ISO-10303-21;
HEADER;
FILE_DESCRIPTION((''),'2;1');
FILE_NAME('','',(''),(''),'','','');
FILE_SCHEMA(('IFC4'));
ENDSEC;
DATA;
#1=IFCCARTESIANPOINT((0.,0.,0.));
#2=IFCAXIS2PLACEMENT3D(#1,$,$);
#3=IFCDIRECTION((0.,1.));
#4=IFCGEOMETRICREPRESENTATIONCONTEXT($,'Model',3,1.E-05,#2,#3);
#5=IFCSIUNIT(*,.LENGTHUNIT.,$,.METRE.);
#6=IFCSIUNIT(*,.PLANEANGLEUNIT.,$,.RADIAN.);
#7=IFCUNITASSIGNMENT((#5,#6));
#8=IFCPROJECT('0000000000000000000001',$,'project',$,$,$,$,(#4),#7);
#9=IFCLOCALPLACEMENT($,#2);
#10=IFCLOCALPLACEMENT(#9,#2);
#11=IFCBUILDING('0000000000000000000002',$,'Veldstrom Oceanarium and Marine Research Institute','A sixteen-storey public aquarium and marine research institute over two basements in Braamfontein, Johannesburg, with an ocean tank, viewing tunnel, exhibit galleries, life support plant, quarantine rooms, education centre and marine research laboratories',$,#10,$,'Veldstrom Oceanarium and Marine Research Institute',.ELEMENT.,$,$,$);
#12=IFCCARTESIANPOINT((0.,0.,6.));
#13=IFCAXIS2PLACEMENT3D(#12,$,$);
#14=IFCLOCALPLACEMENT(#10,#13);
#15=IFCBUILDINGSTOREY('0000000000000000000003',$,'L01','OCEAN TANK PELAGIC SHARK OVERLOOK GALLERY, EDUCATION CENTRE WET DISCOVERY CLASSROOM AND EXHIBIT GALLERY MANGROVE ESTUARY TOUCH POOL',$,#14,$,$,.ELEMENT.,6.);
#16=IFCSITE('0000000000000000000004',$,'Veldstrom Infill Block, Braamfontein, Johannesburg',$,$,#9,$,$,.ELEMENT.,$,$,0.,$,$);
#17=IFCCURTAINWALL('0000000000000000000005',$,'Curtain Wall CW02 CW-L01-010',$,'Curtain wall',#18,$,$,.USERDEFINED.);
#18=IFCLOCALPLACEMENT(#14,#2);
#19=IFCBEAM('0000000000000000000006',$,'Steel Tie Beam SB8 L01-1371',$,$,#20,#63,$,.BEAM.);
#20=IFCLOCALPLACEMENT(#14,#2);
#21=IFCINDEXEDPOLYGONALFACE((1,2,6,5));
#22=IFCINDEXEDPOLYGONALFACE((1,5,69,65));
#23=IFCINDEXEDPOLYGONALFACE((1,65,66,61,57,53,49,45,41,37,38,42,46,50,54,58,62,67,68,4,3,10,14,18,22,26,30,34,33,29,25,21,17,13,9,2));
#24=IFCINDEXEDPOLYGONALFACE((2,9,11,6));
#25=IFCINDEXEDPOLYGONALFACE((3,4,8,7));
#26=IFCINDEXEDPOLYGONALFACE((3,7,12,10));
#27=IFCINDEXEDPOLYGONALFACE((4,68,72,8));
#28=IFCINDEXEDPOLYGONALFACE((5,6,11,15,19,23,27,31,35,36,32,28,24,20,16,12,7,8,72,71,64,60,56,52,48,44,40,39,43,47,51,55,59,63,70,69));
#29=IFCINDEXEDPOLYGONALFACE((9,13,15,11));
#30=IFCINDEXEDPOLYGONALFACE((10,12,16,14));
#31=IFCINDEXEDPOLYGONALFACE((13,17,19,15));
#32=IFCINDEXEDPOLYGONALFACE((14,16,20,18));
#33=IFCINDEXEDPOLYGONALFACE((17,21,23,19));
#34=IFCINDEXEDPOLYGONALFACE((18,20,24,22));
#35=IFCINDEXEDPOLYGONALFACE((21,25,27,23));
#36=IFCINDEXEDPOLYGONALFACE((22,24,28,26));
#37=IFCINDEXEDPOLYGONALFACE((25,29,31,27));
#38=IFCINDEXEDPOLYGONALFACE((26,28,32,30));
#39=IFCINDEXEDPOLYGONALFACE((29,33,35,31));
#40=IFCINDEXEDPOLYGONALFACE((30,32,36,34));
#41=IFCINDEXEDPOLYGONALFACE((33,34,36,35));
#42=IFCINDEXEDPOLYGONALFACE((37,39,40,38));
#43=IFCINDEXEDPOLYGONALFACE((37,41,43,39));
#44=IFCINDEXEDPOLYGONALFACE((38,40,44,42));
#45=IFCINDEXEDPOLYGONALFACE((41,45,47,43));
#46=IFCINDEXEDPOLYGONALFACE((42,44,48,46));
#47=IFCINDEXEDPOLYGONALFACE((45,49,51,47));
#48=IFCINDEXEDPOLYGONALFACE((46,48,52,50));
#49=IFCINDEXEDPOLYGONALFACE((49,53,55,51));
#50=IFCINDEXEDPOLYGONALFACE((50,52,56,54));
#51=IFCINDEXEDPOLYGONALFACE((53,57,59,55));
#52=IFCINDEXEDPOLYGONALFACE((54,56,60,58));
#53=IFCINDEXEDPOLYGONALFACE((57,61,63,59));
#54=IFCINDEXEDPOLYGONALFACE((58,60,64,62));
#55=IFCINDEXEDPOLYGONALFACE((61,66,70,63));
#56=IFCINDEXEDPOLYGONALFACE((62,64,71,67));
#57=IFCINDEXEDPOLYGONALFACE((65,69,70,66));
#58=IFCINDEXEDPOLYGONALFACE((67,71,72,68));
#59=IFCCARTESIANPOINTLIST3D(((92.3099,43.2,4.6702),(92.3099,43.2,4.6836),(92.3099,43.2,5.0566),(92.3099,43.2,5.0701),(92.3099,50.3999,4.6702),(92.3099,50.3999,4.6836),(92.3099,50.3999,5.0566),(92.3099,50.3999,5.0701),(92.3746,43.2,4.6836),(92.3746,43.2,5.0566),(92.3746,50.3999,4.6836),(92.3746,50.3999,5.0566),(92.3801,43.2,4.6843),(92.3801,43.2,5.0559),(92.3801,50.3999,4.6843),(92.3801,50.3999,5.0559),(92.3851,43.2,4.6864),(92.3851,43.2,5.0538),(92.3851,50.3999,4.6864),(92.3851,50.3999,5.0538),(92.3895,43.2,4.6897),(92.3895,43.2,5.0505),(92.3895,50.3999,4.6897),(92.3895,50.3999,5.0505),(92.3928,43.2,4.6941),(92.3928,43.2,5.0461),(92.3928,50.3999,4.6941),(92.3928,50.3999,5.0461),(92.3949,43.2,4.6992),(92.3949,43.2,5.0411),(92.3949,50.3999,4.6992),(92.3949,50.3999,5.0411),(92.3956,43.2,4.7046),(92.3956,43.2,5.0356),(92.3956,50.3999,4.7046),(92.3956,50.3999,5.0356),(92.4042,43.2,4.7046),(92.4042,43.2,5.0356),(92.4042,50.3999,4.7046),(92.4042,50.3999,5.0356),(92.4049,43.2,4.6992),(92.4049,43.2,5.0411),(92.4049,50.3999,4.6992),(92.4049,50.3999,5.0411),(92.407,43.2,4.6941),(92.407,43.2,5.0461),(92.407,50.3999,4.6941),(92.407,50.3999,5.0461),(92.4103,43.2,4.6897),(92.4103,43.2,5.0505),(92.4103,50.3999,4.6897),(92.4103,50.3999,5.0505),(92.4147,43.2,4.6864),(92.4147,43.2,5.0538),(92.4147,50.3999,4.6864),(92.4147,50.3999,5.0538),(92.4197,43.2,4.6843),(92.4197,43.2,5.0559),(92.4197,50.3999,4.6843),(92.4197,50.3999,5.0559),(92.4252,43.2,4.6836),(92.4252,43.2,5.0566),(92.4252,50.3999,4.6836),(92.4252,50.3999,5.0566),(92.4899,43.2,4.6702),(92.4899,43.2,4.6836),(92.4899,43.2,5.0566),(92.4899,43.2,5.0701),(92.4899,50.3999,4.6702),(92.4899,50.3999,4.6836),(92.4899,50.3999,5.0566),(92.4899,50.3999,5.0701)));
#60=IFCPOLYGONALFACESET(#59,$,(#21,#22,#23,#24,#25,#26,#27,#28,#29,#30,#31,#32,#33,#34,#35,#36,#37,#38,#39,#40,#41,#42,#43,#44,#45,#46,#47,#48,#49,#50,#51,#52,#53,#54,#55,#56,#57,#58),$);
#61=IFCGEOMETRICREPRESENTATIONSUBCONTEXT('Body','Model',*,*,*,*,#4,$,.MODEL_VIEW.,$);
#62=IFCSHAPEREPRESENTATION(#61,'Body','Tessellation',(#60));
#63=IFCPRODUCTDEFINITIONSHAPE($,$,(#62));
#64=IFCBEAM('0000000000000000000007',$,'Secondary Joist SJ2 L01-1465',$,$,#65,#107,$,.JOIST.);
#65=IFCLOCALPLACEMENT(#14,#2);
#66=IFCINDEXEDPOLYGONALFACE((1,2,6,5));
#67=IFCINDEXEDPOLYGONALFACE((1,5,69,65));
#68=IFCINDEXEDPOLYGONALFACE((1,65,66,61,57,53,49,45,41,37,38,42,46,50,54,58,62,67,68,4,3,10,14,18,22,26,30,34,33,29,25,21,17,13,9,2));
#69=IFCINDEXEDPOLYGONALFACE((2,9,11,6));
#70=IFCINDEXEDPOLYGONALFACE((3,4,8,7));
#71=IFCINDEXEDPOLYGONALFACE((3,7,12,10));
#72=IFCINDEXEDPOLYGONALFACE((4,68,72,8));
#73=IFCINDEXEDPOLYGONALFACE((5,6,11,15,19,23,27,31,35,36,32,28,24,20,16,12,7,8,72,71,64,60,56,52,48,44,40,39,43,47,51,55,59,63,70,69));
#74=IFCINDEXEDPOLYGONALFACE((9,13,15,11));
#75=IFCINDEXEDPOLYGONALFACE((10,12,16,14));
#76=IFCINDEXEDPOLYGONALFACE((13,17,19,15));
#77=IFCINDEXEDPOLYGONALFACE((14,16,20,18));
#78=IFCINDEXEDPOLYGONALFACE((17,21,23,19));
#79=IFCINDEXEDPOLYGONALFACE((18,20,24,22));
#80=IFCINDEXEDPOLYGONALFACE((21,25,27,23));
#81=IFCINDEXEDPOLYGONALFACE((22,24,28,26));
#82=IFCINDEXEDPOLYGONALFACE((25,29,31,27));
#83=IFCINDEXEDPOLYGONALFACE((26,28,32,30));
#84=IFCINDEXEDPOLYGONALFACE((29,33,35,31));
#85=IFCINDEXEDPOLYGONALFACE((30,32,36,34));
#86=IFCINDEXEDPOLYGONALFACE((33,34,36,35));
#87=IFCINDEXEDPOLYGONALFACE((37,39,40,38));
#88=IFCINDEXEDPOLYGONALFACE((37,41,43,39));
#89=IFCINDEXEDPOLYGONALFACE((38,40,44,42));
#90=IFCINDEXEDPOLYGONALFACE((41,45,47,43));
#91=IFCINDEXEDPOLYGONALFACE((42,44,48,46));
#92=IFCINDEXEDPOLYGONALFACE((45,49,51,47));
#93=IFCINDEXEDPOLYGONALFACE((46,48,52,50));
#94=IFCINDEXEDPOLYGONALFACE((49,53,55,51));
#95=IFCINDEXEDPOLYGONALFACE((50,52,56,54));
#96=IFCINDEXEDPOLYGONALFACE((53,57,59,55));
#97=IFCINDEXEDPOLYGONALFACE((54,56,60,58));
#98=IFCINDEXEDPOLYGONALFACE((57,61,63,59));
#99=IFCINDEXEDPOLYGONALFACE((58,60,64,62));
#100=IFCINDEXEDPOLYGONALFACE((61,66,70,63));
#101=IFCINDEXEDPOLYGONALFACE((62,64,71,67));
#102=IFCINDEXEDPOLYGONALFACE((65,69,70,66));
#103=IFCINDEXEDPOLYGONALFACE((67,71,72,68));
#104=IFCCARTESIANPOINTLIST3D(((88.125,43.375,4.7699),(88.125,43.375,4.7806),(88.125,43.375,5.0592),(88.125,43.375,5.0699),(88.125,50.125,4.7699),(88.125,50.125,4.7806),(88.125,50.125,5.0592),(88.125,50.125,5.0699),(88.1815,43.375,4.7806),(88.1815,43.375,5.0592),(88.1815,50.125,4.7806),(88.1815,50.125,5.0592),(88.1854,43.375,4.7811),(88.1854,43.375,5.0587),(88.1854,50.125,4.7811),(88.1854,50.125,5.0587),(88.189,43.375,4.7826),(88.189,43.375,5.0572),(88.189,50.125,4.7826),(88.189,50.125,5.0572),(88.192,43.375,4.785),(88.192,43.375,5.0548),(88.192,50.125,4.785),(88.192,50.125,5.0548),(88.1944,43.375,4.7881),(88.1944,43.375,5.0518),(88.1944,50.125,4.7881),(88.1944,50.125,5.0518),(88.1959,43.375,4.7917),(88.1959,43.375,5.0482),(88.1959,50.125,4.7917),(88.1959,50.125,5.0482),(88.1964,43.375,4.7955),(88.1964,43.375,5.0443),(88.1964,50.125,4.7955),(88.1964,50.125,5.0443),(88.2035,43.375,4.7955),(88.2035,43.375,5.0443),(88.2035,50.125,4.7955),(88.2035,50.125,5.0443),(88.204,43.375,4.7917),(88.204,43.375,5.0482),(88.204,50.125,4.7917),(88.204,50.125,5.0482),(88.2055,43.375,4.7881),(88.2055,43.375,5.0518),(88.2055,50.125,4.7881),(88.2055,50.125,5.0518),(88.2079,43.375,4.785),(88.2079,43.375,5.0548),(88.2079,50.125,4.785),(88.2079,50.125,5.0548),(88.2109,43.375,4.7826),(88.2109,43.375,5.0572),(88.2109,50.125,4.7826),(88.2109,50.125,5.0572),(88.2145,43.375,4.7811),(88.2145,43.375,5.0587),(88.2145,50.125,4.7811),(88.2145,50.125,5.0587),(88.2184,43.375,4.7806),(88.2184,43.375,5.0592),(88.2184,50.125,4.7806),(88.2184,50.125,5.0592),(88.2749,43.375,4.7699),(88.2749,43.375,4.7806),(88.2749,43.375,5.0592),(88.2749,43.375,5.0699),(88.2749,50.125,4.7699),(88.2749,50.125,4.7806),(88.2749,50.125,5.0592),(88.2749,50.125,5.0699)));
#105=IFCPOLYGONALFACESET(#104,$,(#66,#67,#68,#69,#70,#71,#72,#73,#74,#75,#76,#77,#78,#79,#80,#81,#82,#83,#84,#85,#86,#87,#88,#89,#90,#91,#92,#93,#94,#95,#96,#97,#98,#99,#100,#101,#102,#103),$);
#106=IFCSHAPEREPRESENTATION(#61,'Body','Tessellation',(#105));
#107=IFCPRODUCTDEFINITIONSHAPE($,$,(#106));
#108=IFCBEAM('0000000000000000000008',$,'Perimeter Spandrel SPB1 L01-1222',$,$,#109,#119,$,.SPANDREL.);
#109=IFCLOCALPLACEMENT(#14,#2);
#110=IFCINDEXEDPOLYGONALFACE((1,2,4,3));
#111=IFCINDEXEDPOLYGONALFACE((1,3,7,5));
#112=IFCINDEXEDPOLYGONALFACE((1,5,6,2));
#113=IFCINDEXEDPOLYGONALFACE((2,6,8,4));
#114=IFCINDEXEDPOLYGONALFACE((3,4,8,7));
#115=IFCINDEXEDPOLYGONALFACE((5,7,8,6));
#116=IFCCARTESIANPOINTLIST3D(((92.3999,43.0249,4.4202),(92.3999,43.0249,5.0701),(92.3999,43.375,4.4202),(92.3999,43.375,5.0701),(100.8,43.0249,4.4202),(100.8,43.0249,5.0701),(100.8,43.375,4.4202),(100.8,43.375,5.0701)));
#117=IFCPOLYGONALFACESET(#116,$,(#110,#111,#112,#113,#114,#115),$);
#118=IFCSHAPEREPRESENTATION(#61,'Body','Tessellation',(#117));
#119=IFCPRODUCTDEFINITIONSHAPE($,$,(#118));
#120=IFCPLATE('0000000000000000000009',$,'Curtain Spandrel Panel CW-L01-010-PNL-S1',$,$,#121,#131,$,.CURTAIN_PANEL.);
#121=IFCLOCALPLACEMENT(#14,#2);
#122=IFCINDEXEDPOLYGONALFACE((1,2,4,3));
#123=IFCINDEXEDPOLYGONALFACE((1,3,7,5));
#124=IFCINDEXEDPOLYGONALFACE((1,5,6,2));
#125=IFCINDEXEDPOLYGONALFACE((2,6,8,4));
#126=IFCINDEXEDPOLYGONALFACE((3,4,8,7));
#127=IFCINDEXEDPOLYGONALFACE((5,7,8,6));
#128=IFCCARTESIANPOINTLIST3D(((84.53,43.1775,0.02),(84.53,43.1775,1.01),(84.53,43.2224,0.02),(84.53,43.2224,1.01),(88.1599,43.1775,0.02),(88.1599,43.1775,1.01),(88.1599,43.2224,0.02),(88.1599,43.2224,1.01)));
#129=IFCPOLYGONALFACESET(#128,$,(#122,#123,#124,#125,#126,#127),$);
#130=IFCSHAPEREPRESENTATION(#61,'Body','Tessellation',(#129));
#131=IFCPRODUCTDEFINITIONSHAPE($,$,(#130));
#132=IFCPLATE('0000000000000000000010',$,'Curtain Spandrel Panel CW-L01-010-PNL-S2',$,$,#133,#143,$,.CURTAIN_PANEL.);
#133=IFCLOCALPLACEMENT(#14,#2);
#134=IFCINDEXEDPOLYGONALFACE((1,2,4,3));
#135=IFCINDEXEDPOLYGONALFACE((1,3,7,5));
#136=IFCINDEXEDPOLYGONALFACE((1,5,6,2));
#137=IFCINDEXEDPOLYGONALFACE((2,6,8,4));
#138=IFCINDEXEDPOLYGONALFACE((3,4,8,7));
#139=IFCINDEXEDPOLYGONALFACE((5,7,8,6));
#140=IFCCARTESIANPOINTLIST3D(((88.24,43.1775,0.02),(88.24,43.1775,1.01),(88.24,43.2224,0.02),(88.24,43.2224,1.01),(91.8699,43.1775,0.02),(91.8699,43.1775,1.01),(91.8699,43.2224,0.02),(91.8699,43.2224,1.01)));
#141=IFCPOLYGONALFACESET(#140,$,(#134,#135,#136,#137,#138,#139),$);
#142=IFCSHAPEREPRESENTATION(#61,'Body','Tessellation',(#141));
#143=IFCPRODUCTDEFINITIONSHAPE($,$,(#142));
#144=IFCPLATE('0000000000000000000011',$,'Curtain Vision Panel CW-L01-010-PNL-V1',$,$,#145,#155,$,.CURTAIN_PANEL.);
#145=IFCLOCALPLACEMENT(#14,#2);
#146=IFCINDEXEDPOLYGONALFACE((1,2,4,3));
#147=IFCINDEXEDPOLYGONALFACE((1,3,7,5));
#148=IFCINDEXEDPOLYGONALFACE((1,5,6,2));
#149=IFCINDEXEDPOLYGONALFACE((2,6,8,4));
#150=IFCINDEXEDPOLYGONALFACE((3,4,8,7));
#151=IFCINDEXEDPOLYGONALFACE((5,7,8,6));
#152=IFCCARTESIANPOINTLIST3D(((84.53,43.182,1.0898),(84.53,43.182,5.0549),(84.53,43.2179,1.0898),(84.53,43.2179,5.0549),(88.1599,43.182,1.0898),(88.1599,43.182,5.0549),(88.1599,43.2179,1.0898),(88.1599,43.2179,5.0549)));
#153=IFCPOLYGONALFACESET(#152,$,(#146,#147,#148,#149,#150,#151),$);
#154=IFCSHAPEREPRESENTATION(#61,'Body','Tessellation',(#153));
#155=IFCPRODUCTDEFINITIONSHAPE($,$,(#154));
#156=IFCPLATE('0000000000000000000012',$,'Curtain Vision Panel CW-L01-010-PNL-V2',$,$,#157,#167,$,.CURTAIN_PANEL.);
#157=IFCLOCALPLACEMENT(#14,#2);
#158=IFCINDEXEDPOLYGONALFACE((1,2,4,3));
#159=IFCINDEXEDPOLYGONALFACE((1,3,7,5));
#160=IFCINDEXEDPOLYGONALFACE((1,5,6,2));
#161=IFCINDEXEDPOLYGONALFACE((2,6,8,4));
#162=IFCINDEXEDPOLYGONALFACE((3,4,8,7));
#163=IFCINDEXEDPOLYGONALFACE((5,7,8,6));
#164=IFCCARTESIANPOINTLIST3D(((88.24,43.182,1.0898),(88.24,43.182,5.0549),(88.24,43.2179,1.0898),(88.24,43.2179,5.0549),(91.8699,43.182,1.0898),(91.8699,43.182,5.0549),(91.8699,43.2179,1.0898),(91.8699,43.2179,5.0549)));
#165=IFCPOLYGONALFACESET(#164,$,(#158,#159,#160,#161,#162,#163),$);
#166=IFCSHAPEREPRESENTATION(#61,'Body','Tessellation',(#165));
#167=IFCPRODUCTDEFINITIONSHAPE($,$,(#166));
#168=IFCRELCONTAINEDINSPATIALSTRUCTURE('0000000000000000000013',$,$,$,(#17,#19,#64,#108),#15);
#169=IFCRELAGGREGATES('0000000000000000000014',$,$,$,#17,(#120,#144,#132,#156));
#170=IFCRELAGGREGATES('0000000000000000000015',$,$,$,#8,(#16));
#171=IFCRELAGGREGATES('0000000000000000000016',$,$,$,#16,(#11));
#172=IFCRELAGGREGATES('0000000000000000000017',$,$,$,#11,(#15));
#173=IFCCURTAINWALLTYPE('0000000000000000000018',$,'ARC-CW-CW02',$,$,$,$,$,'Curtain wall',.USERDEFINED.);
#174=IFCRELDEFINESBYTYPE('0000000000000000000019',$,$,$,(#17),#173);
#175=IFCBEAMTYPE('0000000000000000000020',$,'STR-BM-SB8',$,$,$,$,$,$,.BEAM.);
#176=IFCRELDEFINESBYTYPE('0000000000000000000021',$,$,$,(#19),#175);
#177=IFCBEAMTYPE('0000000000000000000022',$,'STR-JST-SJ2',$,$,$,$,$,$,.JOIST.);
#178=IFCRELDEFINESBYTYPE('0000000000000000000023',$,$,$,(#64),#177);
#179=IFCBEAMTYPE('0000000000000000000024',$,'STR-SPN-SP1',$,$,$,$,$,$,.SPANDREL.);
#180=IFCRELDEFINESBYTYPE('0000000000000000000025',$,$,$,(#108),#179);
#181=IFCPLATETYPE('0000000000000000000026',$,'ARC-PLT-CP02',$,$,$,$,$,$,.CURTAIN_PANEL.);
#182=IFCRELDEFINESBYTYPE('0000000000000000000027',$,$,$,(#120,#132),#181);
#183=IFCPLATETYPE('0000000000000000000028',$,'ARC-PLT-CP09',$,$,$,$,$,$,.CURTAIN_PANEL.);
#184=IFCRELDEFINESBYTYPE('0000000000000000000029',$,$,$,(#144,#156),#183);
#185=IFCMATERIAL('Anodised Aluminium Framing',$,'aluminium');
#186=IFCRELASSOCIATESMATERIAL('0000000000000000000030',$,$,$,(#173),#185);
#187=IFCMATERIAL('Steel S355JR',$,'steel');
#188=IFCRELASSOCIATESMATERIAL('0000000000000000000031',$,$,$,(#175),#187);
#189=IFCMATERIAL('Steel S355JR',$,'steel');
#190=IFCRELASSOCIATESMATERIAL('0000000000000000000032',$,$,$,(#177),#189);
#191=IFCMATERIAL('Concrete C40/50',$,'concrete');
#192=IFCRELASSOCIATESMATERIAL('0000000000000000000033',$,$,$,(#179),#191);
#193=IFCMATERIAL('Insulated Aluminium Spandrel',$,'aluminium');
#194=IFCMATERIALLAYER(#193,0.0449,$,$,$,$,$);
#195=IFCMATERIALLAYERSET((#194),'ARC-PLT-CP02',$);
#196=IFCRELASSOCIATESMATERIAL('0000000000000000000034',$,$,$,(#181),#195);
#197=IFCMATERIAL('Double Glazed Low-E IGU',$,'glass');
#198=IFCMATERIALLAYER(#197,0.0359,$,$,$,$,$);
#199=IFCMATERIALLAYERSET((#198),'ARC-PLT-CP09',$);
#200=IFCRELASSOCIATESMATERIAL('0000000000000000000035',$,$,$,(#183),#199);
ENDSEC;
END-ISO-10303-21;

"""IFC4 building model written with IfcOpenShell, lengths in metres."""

from ifc_helpers import new_model, si_unit, direction, frame, origin, origin_2d, place, context, subcontext, project, spatial, rectangle, i_section, extrude, material, layer, layer_set, material_profile, profile_set, type_object, element, aggregate, save


model = new_model("IFC4")

# Units and contexts
model_context = context("Model", 3, precision=1e-05, world=origin(), true_north=direction((0.0, 1.0)))
body_context = subcontext(model_context, "Body", "Model", "MODEL_VIEW")
ifc_project = project(units=[si_unit("LENGTHUNIT", "METRE"), si_unit("PLANEANGLEUNIT", "RADIAN")], contexts=[model_context])

# Site, building, storey
site_placement = place(None, origin())
site = spatial("IfcSite", under=ifc_project, at=site_placement, Name="Veldstrom Infill Block, Braamfontein, Johannesburg", CompositionType="ELEMENT", RefElevation=0.0)
building_placement = place(site_placement, origin())
building = spatial("IfcBuilding", under=site, at=building_placement, Name="Veldstrom Oceanarium and Marine Research Institute", Description="A sixteen-storey public aquarium and marine research institute over two basements in Braamfontein, Johannesburg, with an ocean tank, viewing tunnel, exhibit galleries, life support plant, quarantine rooms, education centre and marine research laboratories", LongName="Veldstrom Oceanarium and Marine Research Institute", CompositionType="ELEMENT")
storey_placement = place(building_placement, frame((0.0, 0.0, 6.0)))
storey = spatial("IfcBuildingStorey", under=building, at=storey_placement, Name="L01", Description="OCEAN TANK PELAGIC SHARK OVERLOOK GALLERY, EDUCATION CENTRE WET DISCOVERY CLASSROOM AND EXHIBIT GALLERY MANGROVE ESTUARY TOUCH POOL", CompositionType="ELEMENT", Elevation=6.0)

# Curtain wall
ifc_material_1 = material(Name="Anodised Aluminium Framing", Category="aluminium")
curtain_wall_type = type_object("IfcCurtainWallType", Name="ARC-CW-CW02", ElementType="Curtain wall", PredefinedType="USERDEFINED", material=ifc_material_1)
curtain_wall_placement = place(storey_placement, origin())
curtain_wall = element("IfcCurtainWall", 1, at=curtain_wall_placement, inside=storey, type_object=curtain_wall_type, Name="Curtain Wall CW02 CW-L01-010", ObjectType="Curtain wall", PredefinedType="USERDEFINED")

# Beams
ifc_material_2 = material(Name="Steel S355JR", Category="steel")
ifc_material_profile_1 = material_profile(ifc_material_2, i_section(OverallWidth=0.1799, OverallDepth=0.3999, WebThickness=0.0085, FlangeThickness=0.0134, FilletRadius=0.021, at=origin_2d()), Name="IPE 400")
ifc_profile_set_1 = profile_set([ifc_material_profile_1], Name="Steel S355JR")
beam_type_1 = type_object("IfcBeamType", Name="STR-BM-SB8", PredefinedType="BEAM", material=ifc_profile_set_1)
beam_1_placement = place(storey_placement, frame((92.3999, 43.2, 4.8701), z_axis=(0.0, 1.0, 0.0), x_axis=(-1.0, 0.0, 0.0)))
element("IfcBeam", 2, at=beam_1_placement, inside=storey, type_object=beam_type_1, Name="Steel Tie Beam SB8 L01-1371", PredefinedType="BEAM", context=body_context, shape_type="SweptSolid", body=[
    extrude(i_section(OverallWidth=0.1799, OverallDepth=0.3999, WebThickness=0.0085, FlangeThickness=0.0134, FilletRadius=0.021, at=origin_2d()), origin(), (0.0, 0.0, 1.0), 7.2),
])
ifc_material_3 = material(Name="Steel S355JR", Category="steel")
ifc_material_profile_2 = material_profile(ifc_material_3, i_section(OverallWidth=0.1499, OverallDepth=0.3, WebThickness=0.0071, FlangeThickness=0.0107, FilletRadius=0.0149, at=origin_2d()), Name="IPE 300")
ifc_profile_set_2 = profile_set([ifc_material_profile_2], Name="Steel S355JR")
beam_type_2 = type_object("IfcBeamType", Name="STR-JST-SJ2", PredefinedType="JOIST", material=ifc_profile_set_2)
beam_2_placement = place(storey_placement, frame((88.2, 43.375, 4.9199), z_axis=(0.0, 1.0, 0.0), x_axis=(-1.0, 0.0, 0.0)))
element("IfcBeam", 3, at=beam_2_placement, inside=storey, type_object=beam_type_2, Name="Secondary Joist SJ2 L01-1465", PredefinedType="JOIST", context=body_context, shape_type="SweptSolid", body=[
    extrude(i_section(OverallWidth=0.1499, OverallDepth=0.3, WebThickness=0.0071, FlangeThickness=0.0107, FilletRadius=0.0149, at=origin_2d()), origin(), (0.0, 0.0, 1.0), 6.75),
])
ifc_material_4 = material(Name="Concrete C40/50", Category="concrete")
ifc_material_profile_3 = material_profile(ifc_material_4, rectangle(XDim=0.3501, YDim=0.6499, at=origin_2d()), Name="RC-SPN-350x650")
ifc_profile_set_3 = profile_set([ifc_material_profile_3], Name="Concrete C40/50")
beam_type_3 = type_object("IfcBeamType", Name="STR-SPN-SP1", PredefinedType="SPANDREL", material=ifc_profile_set_3)
beam_3_placement = place(storey_placement, frame((92.3999, 43.2, 4.7451), z_axis=(1.0, 0.0, 0.0), x_axis=(0.0, 1.0, 0.0)))
element("IfcBeam", 4, at=beam_3_placement, inside=storey, type_object=beam_type_3, Name="Perimeter Spandrel SPB1 L01-1222", PredefinedType="SPANDREL", context=body_context, shape_type="SweptSolid", body=[
    extrude(rectangle(XDim=0.3501, YDim=0.6499, at=origin_2d()), origin(), (0.0, 0.0, 1.0), 8.4001),
])

# Plates
ifc_material_5 = material(Name="Insulated Aluminium Spandrel", Category="aluminium")
ifc_layer_1 = layer(ifc_material_5, 0.0449)
ifc_layer_set_1 = layer_set([ifc_layer_1], Name="ARC-PLT-CP02")
plate_type_1 = type_object("IfcPlateType", Name="ARC-PLT-CP02", PredefinedType="CURTAIN_PANEL", material=ifc_layer_set_1)
plate_1_placement = place(storey_placement, frame((86.345, 43.2, 0.02), z_axis=(0.0, 0.0, 1.0), x_axis=(1.0, 0.0, 0.0)))
plate_1 = element("IfcPlate", 5, at=plate_1_placement, type_object=plate_type_1, Name="Curtain Spandrel Panel CW-L01-010-PNL-S1", PredefinedType="CURTAIN_PANEL", context=body_context, shape_type="SweptSolid", body=[
    extrude(rectangle(XDim=3.6299, YDim=0.0449, at=origin_2d()), origin(), (0.0, 0.0, 1.0), 0.99),
])
plate_2_placement = place(storey_placement, frame((90.0549, 43.2, 0.02), z_axis=(0.0, 0.0, 1.0), x_axis=(1.0, 0.0, 0.0)))
plate_2 = element("IfcPlate", 6, at=plate_2_placement, type_object=plate_type_1, Name="Curtain Spandrel Panel CW-L01-010-PNL-S2", PredefinedType="CURTAIN_PANEL", context=body_context, shape_type="SweptSolid", body=[
    extrude(rectangle(XDim=3.6299, YDim=0.0449, at=origin_2d()), origin(), (0.0, 0.0, 1.0), 0.99),
])
ifc_material_6 = material(Name="Double Glazed Low-E IGU", Category="glass")
ifc_layer_2 = layer(ifc_material_6, 0.0359)
ifc_layer_set_2 = layer_set([ifc_layer_2], Name="ARC-PLT-CP09")
plate_type_2 = type_object("IfcPlateType", Name="ARC-PLT-CP09", PredefinedType="CURTAIN_PANEL", material=ifc_layer_set_2)
plate_3_placement = place(storey_placement, frame((86.345, 43.2, 1.0898), z_axis=(0.0, 0.0, 1.0), x_axis=(1.0, 0.0, 0.0)))
plate_3 = element("IfcPlate", 7, at=plate_3_placement, type_object=plate_type_2, Name="Curtain Vision Panel CW-L01-010-PNL-V1", PredefinedType="CURTAIN_PANEL", context=body_context, shape_type="SweptSolid", body=[
    extrude(rectangle(XDim=3.6299, YDim=0.0359, at=origin_2d()), origin(), (0.0, 0.0, 1.0), 3.9651),
])
plate_4_placement = place(storey_placement, frame((90.0549, 43.2, 1.0898), z_axis=(0.0, 0.0, 1.0), x_axis=(1.0, 0.0, 0.0)))
plate_4 = element("IfcPlate", 8, at=plate_4_placement, type_object=plate_type_2, Name="Curtain Vision Panel CW-L01-010-PNL-V2", PredefinedType="CURTAIN_PANEL", context=body_context, shape_type="SweptSolid", body=[
    extrude(rectangle(XDim=3.6299, YDim=0.0359, at=origin_2d()), origin(), (0.0, 0.0, 1.0), 3.9651),
])
aggregate(curtain_wall, [plate_1, plate_3, plate_2, plate_4])

save(model, "model.ifc")
